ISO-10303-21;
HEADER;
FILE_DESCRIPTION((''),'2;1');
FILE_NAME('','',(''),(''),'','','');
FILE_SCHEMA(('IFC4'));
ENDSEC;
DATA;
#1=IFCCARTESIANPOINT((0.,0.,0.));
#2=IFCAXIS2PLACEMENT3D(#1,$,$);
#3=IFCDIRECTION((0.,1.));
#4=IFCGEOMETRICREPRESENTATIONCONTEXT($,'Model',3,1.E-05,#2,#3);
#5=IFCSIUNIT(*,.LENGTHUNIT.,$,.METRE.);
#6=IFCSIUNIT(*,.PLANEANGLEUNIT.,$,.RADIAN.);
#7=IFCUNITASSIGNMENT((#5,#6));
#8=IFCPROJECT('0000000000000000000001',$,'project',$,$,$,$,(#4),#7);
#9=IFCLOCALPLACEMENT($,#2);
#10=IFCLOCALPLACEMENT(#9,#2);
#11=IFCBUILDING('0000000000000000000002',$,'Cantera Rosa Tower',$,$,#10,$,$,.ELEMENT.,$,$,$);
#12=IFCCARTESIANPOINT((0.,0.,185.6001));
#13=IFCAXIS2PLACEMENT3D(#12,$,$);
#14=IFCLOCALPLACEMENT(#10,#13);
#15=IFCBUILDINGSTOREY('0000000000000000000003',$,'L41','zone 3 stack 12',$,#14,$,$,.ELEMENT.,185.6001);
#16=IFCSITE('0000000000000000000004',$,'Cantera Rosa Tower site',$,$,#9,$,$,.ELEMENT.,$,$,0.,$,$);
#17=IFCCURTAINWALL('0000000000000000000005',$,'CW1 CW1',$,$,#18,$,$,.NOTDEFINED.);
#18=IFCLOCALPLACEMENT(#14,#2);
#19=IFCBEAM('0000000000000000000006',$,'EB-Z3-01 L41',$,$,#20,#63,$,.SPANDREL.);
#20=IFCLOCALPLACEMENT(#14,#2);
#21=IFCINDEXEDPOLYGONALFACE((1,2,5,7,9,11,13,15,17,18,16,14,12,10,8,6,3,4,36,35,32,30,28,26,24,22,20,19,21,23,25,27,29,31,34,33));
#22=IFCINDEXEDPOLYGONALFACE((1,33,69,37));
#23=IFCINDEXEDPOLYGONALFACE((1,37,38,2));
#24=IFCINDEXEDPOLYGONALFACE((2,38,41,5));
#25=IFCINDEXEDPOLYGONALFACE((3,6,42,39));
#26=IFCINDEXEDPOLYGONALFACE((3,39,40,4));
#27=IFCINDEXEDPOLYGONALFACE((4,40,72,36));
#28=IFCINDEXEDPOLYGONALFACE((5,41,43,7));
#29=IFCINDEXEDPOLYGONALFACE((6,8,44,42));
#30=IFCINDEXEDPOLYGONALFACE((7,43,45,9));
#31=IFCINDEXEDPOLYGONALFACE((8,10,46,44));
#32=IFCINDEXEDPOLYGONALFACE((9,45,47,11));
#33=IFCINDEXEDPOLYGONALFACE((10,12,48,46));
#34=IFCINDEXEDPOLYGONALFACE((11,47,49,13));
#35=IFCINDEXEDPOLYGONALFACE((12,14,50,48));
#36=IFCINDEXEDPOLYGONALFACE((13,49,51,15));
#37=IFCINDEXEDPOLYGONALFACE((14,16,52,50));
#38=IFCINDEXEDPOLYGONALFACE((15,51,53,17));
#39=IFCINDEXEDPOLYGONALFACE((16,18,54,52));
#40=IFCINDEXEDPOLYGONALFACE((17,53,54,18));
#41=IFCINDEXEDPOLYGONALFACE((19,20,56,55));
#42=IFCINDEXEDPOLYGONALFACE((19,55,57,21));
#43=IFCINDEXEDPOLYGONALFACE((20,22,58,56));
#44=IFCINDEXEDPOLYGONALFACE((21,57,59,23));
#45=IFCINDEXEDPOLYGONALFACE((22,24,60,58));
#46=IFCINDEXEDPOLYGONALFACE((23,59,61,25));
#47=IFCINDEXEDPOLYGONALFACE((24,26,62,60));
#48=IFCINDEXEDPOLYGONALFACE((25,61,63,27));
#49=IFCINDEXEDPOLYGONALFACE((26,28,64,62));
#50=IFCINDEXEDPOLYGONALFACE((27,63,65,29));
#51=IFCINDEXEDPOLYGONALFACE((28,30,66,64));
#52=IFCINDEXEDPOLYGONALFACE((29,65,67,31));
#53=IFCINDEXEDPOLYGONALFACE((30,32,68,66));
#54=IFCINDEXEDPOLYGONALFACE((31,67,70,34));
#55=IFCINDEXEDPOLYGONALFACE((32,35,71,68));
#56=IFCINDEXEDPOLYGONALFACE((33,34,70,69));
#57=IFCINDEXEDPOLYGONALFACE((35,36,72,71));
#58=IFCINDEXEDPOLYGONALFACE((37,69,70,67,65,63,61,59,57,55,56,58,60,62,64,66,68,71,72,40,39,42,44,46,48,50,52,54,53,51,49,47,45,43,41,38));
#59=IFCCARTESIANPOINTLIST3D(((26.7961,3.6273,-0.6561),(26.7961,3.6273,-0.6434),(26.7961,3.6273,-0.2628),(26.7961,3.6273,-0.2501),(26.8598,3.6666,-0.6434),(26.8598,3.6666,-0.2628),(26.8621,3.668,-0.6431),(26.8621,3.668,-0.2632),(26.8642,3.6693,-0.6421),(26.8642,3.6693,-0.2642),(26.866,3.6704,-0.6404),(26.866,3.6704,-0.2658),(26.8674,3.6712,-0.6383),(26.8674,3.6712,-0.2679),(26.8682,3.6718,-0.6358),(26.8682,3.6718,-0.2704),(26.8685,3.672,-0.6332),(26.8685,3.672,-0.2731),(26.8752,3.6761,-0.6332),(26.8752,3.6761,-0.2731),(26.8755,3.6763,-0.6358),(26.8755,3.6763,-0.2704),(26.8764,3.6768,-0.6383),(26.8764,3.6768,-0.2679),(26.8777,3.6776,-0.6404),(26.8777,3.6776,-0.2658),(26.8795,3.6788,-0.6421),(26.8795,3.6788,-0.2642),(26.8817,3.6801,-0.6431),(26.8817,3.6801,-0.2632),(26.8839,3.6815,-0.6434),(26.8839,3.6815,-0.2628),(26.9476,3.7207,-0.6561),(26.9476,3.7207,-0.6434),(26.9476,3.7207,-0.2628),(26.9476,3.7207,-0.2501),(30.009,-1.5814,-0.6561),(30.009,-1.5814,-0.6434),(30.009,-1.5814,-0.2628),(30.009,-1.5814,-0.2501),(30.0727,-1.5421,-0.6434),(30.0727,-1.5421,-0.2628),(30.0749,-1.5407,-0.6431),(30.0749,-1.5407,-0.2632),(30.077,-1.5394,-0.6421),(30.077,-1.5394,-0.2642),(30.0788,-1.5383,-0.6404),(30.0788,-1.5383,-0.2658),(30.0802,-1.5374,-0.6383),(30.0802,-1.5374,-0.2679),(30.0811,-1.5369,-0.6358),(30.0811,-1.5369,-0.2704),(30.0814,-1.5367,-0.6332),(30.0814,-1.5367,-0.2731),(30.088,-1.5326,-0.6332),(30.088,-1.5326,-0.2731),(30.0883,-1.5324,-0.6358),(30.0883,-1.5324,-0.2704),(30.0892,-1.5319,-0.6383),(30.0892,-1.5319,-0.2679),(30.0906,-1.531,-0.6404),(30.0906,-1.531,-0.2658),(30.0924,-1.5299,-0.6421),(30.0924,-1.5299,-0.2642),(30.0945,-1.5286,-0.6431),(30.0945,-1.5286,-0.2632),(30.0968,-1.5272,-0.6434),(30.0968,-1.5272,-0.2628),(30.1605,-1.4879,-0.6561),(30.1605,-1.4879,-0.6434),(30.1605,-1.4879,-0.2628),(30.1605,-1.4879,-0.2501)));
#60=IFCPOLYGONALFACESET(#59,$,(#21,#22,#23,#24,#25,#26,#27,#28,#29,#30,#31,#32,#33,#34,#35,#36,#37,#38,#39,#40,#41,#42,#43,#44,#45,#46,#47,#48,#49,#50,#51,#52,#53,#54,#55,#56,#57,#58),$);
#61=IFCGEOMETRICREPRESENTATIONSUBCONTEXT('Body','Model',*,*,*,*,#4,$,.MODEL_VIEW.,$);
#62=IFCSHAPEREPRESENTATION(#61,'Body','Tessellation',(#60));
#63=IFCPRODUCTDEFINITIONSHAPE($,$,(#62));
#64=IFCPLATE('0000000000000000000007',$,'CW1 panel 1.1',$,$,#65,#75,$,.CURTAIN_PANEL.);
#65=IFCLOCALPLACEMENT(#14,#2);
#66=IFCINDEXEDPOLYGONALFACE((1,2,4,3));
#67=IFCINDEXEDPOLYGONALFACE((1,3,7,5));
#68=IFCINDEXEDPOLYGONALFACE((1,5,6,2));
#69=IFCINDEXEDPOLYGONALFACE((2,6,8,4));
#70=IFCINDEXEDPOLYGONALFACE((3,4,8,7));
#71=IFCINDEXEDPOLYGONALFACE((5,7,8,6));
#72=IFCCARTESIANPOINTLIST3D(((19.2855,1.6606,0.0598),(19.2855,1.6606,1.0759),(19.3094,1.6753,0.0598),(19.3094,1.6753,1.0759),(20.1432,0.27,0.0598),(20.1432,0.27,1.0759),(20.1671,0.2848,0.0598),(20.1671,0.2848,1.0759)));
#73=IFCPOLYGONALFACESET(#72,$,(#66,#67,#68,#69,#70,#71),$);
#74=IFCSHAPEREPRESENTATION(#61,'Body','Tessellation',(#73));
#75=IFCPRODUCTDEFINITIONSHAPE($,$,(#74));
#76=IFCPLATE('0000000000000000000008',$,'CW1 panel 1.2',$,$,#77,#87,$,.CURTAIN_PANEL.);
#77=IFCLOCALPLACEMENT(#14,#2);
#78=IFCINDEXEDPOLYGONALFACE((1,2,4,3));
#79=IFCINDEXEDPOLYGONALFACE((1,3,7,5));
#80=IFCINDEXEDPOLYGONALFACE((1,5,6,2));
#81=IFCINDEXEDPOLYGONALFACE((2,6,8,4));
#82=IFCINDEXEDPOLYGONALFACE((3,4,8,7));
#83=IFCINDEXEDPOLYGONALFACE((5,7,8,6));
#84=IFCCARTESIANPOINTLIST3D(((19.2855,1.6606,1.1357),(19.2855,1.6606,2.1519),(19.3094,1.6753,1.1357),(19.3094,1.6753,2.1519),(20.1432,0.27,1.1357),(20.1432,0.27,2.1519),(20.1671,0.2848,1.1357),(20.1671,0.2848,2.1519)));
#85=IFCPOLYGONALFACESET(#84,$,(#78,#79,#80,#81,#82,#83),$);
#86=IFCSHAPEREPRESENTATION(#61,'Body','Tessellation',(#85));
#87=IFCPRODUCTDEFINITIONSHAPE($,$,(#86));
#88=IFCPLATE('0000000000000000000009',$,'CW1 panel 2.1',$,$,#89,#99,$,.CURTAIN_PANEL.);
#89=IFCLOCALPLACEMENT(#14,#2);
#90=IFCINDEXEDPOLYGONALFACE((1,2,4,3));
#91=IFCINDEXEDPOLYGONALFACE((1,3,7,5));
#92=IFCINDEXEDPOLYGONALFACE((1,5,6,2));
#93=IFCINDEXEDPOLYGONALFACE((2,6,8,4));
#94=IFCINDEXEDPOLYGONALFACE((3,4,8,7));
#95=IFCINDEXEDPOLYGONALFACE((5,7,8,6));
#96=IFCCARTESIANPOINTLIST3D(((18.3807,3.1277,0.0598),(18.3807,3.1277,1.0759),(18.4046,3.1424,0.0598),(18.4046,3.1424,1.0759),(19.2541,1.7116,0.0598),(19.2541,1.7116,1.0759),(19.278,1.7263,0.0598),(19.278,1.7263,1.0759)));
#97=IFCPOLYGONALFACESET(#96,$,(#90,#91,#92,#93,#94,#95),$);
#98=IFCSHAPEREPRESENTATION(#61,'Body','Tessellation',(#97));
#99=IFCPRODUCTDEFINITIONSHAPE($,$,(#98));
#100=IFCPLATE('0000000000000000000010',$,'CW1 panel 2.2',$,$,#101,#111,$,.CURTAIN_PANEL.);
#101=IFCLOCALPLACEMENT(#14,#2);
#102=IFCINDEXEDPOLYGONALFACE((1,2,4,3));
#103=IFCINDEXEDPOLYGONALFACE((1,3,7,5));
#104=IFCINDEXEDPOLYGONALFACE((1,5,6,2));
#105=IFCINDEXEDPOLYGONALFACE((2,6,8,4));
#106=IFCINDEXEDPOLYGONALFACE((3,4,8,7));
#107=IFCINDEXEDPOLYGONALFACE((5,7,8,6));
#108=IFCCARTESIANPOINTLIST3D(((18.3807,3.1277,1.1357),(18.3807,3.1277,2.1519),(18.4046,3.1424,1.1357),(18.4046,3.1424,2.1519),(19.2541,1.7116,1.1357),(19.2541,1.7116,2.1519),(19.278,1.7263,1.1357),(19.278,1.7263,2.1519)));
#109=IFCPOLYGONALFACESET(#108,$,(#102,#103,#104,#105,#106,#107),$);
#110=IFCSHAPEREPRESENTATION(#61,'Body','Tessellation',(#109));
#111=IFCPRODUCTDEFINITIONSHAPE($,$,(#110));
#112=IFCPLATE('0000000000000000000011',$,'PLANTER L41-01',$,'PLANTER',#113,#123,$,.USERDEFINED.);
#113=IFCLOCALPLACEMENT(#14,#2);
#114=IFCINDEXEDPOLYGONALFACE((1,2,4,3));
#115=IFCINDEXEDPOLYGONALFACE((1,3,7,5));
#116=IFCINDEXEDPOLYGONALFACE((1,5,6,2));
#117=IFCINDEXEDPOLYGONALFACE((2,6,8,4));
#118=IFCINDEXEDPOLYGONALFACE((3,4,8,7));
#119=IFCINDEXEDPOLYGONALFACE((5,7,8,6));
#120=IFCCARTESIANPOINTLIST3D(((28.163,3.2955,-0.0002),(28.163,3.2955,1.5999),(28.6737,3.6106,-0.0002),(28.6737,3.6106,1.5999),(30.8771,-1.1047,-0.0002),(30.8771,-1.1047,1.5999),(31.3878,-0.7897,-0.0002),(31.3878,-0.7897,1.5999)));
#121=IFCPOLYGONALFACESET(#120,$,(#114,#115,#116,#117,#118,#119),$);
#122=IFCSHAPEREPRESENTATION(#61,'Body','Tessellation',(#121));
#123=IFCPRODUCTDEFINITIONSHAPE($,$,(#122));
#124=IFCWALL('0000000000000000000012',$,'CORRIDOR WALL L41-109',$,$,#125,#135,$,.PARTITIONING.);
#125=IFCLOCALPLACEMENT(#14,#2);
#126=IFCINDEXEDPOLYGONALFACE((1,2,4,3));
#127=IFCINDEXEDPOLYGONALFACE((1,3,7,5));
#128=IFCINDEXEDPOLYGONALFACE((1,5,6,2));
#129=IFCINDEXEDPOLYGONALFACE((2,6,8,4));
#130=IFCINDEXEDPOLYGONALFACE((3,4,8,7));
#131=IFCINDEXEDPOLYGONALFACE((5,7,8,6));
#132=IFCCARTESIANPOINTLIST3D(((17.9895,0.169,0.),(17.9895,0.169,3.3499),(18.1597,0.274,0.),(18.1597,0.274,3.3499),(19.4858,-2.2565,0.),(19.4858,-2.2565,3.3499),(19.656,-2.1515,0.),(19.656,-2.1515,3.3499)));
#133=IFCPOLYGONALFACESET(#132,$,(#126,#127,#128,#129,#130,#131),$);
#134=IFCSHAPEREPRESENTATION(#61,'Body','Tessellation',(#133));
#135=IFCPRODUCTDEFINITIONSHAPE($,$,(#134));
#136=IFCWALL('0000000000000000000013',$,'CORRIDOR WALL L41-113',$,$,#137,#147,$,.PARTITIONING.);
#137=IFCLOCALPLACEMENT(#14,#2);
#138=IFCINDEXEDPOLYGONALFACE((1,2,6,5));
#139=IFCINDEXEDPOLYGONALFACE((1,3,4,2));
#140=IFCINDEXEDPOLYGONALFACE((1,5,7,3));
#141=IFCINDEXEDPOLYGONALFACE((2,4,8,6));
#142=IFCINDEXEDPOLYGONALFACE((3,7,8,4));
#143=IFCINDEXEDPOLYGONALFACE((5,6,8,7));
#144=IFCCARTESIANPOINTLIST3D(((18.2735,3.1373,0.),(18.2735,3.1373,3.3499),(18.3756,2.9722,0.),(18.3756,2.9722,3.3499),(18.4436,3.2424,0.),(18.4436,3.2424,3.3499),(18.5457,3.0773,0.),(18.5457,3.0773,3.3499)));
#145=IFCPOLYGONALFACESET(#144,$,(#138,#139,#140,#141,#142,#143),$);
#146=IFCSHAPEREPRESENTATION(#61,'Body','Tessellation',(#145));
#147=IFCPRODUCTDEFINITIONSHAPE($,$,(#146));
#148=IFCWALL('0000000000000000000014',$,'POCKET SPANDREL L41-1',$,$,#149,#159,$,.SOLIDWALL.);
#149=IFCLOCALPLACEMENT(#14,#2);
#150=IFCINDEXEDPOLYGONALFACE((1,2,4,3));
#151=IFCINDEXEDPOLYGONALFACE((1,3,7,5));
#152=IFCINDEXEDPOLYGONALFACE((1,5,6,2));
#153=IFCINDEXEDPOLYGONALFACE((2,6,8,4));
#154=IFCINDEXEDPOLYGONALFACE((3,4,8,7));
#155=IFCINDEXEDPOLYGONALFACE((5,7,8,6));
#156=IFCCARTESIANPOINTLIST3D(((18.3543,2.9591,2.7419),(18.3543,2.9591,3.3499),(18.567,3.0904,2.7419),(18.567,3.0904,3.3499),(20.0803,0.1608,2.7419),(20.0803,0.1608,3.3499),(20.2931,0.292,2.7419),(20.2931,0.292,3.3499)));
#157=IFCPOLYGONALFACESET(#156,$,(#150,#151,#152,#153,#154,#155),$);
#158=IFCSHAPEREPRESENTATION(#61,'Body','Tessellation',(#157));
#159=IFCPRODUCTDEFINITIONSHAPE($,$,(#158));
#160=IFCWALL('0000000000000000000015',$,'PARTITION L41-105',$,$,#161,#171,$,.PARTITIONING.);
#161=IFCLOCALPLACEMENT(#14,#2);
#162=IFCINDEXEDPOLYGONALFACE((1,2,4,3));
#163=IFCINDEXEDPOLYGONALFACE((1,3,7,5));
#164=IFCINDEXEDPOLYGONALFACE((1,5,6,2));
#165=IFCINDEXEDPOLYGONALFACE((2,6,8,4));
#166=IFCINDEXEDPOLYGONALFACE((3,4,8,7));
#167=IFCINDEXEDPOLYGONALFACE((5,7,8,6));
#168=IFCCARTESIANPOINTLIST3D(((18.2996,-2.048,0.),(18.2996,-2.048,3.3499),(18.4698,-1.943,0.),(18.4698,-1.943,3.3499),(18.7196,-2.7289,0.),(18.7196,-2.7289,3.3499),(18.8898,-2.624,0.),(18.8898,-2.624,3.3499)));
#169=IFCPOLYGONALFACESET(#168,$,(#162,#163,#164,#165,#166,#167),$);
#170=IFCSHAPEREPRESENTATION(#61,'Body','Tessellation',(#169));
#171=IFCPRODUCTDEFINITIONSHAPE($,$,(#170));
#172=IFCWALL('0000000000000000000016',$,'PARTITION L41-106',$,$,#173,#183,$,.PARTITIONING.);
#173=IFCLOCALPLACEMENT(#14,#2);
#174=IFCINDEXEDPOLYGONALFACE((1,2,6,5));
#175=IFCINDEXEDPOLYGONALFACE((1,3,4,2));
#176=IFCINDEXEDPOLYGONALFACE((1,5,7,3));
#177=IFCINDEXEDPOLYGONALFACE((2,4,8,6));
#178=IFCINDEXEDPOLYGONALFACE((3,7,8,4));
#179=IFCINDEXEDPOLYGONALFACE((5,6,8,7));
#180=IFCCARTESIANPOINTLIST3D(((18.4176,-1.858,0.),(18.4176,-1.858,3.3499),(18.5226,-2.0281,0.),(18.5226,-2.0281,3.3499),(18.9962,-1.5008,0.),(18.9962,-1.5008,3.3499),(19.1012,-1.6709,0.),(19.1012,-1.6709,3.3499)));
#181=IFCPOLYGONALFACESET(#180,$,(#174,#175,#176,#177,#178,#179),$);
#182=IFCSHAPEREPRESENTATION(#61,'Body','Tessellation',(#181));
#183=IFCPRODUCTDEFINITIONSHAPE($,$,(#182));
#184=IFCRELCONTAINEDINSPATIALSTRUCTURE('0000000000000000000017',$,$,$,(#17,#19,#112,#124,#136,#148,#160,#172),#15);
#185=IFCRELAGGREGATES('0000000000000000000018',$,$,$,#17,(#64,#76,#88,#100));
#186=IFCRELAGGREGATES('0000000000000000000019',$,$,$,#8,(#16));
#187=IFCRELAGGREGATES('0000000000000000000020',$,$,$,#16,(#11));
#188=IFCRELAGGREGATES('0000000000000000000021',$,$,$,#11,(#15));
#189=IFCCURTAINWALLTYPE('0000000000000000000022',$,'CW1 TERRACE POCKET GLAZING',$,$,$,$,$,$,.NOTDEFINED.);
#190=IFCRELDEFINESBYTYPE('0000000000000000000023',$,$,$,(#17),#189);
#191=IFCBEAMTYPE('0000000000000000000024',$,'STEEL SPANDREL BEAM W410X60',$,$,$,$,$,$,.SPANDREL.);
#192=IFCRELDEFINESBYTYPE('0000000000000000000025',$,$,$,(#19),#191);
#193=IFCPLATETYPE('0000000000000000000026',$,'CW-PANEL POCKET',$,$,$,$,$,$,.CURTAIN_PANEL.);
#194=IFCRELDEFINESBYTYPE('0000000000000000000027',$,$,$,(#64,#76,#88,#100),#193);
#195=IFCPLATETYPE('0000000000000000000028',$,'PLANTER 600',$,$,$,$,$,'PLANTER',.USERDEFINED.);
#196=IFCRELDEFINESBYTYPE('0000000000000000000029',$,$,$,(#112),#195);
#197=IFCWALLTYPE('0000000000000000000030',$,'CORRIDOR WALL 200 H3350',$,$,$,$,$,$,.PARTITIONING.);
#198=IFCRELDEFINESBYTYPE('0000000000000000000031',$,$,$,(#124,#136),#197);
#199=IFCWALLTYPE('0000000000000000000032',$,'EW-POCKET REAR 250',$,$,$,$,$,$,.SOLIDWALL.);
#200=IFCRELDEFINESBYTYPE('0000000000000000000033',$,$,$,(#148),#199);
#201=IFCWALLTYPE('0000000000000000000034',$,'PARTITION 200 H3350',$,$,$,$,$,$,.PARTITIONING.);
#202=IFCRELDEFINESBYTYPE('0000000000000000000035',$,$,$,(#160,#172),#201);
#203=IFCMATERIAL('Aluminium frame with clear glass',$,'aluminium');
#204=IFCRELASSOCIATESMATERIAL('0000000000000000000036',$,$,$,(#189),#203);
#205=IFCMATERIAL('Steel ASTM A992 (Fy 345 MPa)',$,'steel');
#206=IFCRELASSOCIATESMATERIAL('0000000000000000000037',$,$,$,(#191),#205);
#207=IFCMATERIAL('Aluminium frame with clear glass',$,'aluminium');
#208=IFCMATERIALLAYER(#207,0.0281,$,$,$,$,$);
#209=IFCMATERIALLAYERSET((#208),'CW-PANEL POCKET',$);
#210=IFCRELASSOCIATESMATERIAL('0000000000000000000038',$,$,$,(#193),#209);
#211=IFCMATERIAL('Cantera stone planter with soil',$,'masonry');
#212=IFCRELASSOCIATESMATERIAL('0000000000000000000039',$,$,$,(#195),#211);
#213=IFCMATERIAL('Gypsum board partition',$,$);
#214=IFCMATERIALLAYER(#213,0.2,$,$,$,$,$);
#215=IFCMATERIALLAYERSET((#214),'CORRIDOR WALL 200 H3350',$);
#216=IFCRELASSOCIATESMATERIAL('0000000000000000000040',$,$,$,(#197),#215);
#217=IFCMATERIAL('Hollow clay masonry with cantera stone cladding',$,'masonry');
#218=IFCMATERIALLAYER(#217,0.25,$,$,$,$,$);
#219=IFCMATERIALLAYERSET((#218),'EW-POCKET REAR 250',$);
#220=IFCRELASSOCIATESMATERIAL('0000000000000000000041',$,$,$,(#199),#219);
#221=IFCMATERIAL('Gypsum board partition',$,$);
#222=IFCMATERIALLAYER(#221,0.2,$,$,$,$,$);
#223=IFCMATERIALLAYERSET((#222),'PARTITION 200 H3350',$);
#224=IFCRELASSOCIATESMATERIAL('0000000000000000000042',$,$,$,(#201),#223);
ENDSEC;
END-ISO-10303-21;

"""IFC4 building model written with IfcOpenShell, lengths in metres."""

from ifc_helpers import new_model, si_unit, direction, frame, frame_2d, origin, origin_2d, place, context, subcontext, project, spatial, rectangle, i_section, extrude, material, layer, layer_set, material_profile, profile_set, type_object, element, aggregate, save


model = new_model("IFC4")

# Units and contexts
model_context = context("Model", 3, precision=1e-05, world=origin(), true_north=direction((0.0, 1.0)))
body_context = subcontext(model_context, "Body", "Model", "MODEL_VIEW")
ifc_project = project(units=[si_unit("LENGTHUNIT", "METRE"), si_unit("PLANEANGLEUNIT", "RADIAN")], contexts=[model_context])

# Site, building, storey
site_placement = place(None, origin())
site = spatial("IfcSite", under=ifc_project, at=site_placement, Name="Cantera Rosa Tower site", CompositionType="ELEMENT", RefElevation=0.0)
building_placement = place(site_placement, origin())
building = spatial("IfcBuilding", under=site, at=building_placement, Name="Cantera Rosa Tower", CompositionType="ELEMENT")
storey_placement = place(building_placement, frame((0.0, 0.0, 185.6001)))
storey = spatial("IfcBuildingStorey", under=building, at=storey_placement, Name="L41", Description="zone 3 stack 12", CompositionType="ELEMENT", Elevation=185.6001)

# Curtain wall
ifc_material_1 = material(Name="Aluminium frame with clear glass", Category="aluminium")
curtain_wall_type = type_object("IfcCurtainWallType", Name="CW1 TERRACE POCKET GLAZING", PredefinedType="NOTDEFINED", material=ifc_material_1)
curtain_wall_placement = place(storey_placement, origin())
curtain_wall = element("IfcCurtainWall", 1, at=curtain_wall_placement, inside=storey, type_object=curtain_wall_type, Name="CW1 CW1", PredefinedType="NOTDEFINED")

# Beam
ifc_material_2 = material(Name="Steel ASTM A992 (Fy 345 MPa)", Category="steel")
ifc_material_profile_1 = material_profile(ifc_material_2, i_section(OverallWidth=0.178, OverallDepth=0.406, WebThickness=0.0078, FlangeThickness=0.0127, FilletRadius=0.0103, at=origin_2d()), Name="W410X60")
ifc_profile_set_1 = profile_set([ifc_material_profile_1], Name="Steel ASTM A992 (Fy 345 MPa)")
beam_type_1 = type_object("IfcBeamType", Name="STEEL SPANDREL BEAM W410X60", PredefinedType="SPANDREL", material=ifc_profile_set_1)
beam_1_placement = place(storey_placement, frame((30.0847, -1.5347, -0.4531), z_axis=(-0.524987, 0.85111, 0.0), x_axis=(-0.85111, -0.524987, 0.0)))
element("IfcBeam", 2, at=beam_1_placement, inside=storey, type_object=beam_type_1, Name="EB-Z3-01 L41", PredefinedType="SPANDREL", context=body_context, shape_type="SweptSolid", body=[
    extrude(i_section(OverallWidth=0.178, OverallDepth=0.406, WebThickness=0.0078, FlangeThickness=0.0127, FilletRadius=0.0103, at=origin_2d()), origin(), (0.0, 0.0, 1.0), 6.1199),
])

# Plates
ifc_material_3 = material(Name="Aluminium frame with clear glass", Category="aluminium")
ifc_layer_1 = layer(ifc_material_3, 0.0281)
ifc_layer_set_1 = layer_set([ifc_layer_1], Name="CW-PANEL POCKET")
plate_type_1 = type_object("IfcPlateType", Name="CW-PANEL POCKET", PredefinedType="CURTAIN_PANEL", material=ifc_layer_set_1)
plate_1_placement = place(storey_placement, frame((19.7263, 0.9727, 0.0598), z_axis=(0.0, 0.0, 1.0), x_axis=(-0.524977, 0.851117, 0.0)))
plate_1 = element("IfcPlate", 3, at=plate_1_placement, type_object=plate_type_1, Name="CW1 panel 1.1", PredefinedType="CURTAIN_PANEL", context=body_context, shape_type="SweptSolid", body=[
    extrude(rectangle(XDim=1.6338, YDim=0.0281, at=origin_2d()), origin(), (0.0, 0.0, 1.0), 1.0161),
])
plate_2_placement = place(storey_placement, frame((19.7263, 0.9727, 1.1357), z_axis=(0.0, 0.0, 1.0), x_axis=(-0.524977, 0.851117, 0.0)))
plate_2 = element("IfcPlate", 4, at=plate_2_placement, type_object=plate_type_1, Name="CW1 panel 1.2", PredefinedType="CURTAIN_PANEL", context=body_context, shape_type="SweptSolid", body=[
    extrude(rectangle(XDim=1.6338, YDim=0.0281, at=origin_2d()), origin(), (0.0, 0.0, 1.0), 1.0161),
])
plate_3_placement = place(storey_placement, frame((18.8293, 2.427, 0.0598), z_axis=(0.0, 0.0, 1.0), x_axis=(-0.524977, 0.851117, 0.0)))
plate_3 = element("IfcPlate", 5, at=plate_3_placement, type_object=plate_type_1, Name="CW1 panel 2.1", PredefinedType="CURTAIN_PANEL", context=body_context, shape_type="SweptSolid", body=[
    extrude(rectangle(XDim=1.6638, YDim=0.0281, at=origin_2d()), origin(), (0.0, 0.0, 1.0), 1.0161),
])
plate_4_placement = place(storey_placement, frame((18.8293, 2.427, 1.1357), z_axis=(0.0, 0.0, 1.0), x_axis=(-0.524977, 0.851117, 0.0)))
plate_4 = element("IfcPlate", 6, at=plate_4_placement, type_object=plate_type_1, Name="CW1 panel 2.2", PredefinedType="CURTAIN_PANEL", context=body_context, shape_type="SweptSolid", body=[
    extrude(rectangle(XDim=1.6638, YDim=0.0281, at=origin_2d()), origin(), (0.0, 0.0, 1.0), 1.0161),
])
aggregate(curtain_wall, [plate_1, plate_2, plate_3, plate_4])
ifc_material_4 = material(Name="Cantera stone planter with soil", Category="masonry")
plate_type_2 = type_object("IfcPlateType", Name="PLANTER 600", ElementType="PLANTER", PredefinedType="USERDEFINED", material=ifc_material_4)
plate_5_placement = place(storey_placement, frame((29.7754, 1.2529, -0.0002), z_axis=(0.0, 0.0, 1.0), x_axis=(-0.524977, 0.851117, 0.0)))
element("IfcPlate", 7, at=plate_5_placement, inside=storey, type_object=plate_type_2, Name="PLANTER L41-01", ObjectType="PLANTER", PredefinedType="USERDEFINED", context=body_context, shape_type="SweptSolid", body=[
    extrude(rectangle(XDim=5.1699, YDim=0.6001, at=origin_2d()), origin(), (0.0, 0.0, 1.0), 1.6001),
])

# Walls
ifc_material_5 = material(Name="Gypsum board partition")
ifc_layer_2 = layer(ifc_material_5, 0.2)
ifc_layer_set_2 = layer_set([ifc_layer_2], Name="CORRIDOR WALL 200 H3350")
wall_type_1 = type_object("IfcWallType", Name="CORRIDOR WALL 200 H3350", PredefinedType="PARTITIONING", material=ifc_layer_set_2)
wall_1_placement = place(storey_placement, frame((19.5708, -2.2039, 0.0), z_axis=(0.0, 0.0, 1.0), x_axis=(-0.525039, 0.851078, 0.0)))
element("IfcWall", 8, at=wall_1_placement, inside=storey, type_object=wall_type_1, Name="CORRIDOR WALL L41-109", PredefinedType="PARTITIONING", context=body_context, shape_type="SweptSolid", body=[
    extrude(rectangle(XDim=2.8499, YDim=0.2, at=frame_2d((1.4248, 0.0))), origin(), (0.0, 0.0, 1.0), 3.3499),
])
wall_2_placement = place(storey_placement, frame((18.4607, 3.0247, 0.0), z_axis=(0.0, 0.0, 1.0), x_axis=(-0.525921, 0.850533, 0.0)))
element("IfcWall", 9, at=wall_2_placement, inside=storey, type_object=wall_type_1, Name="CORRIDOR WALL L41-113", PredefinedType="PARTITIONING", context=body_context, shape_type="SweptSolid", body=[
    extrude(rectangle(XDim=0.1941, YDim=0.2, at=frame_2d((0.0972, 0.0))), origin(), (0.0, 0.0, 1.0), 3.3499),
])

# Walls
ifc_material_6 = material(Name="Hollow clay masonry with cantera stone cladding", Category="masonry")
ifc_layer_3 = layer(ifc_material_6, 0.25)
ifc_layer_set_3 = layer_set([ifc_layer_3], Name="EW-POCKET REAR 250")
wall_type_2 = type_object("IfcWallType", Name="EW-POCKET REAR 250", PredefinedType="SOLIDWALL", material=ifc_layer_set_3)
wall_3_placement = place(storey_placement, frame((20.1868, 0.2263, 2.7419), z_axis=(0.0, 0.0, 1.0), x_axis=(-0.524984, 0.851112, 0.0)))
element("IfcWall", 10, at=wall_3_placement, inside=storey, type_object=wall_type_2, Name="POCKET SPANDREL L41-1", PredefinedType="SOLIDWALL", context=body_context, shape_type="SweptSolid", body=[
    extrude(rectangle(XDim=3.2878, YDim=0.25, at=frame_2d((1.644, 0.0))), origin(), (0.0, 0.0, 1.0), 0.6079),
])
ifc_material_7 = material(Name="Gypsum board partition")
ifc_layer_4 = layer(ifc_material_7, 0.2)
ifc_layer_set_4 = layer_set([ifc_layer_4], Name="PARTITION 200 H3350")
wall_type_3 = type_object("IfcWallType", Name="PARTITION 200 H3350", PredefinedType="PARTITIONING", material=ifc_layer_set_4)
wall_4_placement = place(storey_placement, frame((18.3848, -1.9956, 0.0), z_axis=(0.0, 0.0, 1.0), x_axis=(0.524914, -0.851155, 0.0)))
element("IfcWall", 11, at=wall_4_placement, inside=storey, type_object=wall_type_3, Name="PARTITION L41-105", PredefinedType="PARTITIONING", context=body_context, shape_type="SweptSolid", body=[
    extrude(rectangle(XDim=0.8, YDim=0.2, at=frame_2d((0.3999, 0.0))), origin(), (0.0, 0.0, 1.0), 3.3499),
])
wall_5_placement = place(storey_placement, frame((19.0486, -1.5859, 0.0), z_axis=(0.0, 0.0, 1.0), x_axis=(-0.85093, -0.525279, 0.0)))
element("IfcWall", 12, at=wall_5_placement, inside=storey, type_object=wall_type_3, Name="PARTITION L41-106", PredefinedType="PARTITIONING", context=body_context, shape_type="SweptSolid", body=[
    extrude(rectangle(XDim=0.6799, YDim=0.2, at=frame_2d((0.3398, 0.0))), origin(), (0.0, 0.0, 1.0), 3.3499),
])

save(model, "model.ifc")
